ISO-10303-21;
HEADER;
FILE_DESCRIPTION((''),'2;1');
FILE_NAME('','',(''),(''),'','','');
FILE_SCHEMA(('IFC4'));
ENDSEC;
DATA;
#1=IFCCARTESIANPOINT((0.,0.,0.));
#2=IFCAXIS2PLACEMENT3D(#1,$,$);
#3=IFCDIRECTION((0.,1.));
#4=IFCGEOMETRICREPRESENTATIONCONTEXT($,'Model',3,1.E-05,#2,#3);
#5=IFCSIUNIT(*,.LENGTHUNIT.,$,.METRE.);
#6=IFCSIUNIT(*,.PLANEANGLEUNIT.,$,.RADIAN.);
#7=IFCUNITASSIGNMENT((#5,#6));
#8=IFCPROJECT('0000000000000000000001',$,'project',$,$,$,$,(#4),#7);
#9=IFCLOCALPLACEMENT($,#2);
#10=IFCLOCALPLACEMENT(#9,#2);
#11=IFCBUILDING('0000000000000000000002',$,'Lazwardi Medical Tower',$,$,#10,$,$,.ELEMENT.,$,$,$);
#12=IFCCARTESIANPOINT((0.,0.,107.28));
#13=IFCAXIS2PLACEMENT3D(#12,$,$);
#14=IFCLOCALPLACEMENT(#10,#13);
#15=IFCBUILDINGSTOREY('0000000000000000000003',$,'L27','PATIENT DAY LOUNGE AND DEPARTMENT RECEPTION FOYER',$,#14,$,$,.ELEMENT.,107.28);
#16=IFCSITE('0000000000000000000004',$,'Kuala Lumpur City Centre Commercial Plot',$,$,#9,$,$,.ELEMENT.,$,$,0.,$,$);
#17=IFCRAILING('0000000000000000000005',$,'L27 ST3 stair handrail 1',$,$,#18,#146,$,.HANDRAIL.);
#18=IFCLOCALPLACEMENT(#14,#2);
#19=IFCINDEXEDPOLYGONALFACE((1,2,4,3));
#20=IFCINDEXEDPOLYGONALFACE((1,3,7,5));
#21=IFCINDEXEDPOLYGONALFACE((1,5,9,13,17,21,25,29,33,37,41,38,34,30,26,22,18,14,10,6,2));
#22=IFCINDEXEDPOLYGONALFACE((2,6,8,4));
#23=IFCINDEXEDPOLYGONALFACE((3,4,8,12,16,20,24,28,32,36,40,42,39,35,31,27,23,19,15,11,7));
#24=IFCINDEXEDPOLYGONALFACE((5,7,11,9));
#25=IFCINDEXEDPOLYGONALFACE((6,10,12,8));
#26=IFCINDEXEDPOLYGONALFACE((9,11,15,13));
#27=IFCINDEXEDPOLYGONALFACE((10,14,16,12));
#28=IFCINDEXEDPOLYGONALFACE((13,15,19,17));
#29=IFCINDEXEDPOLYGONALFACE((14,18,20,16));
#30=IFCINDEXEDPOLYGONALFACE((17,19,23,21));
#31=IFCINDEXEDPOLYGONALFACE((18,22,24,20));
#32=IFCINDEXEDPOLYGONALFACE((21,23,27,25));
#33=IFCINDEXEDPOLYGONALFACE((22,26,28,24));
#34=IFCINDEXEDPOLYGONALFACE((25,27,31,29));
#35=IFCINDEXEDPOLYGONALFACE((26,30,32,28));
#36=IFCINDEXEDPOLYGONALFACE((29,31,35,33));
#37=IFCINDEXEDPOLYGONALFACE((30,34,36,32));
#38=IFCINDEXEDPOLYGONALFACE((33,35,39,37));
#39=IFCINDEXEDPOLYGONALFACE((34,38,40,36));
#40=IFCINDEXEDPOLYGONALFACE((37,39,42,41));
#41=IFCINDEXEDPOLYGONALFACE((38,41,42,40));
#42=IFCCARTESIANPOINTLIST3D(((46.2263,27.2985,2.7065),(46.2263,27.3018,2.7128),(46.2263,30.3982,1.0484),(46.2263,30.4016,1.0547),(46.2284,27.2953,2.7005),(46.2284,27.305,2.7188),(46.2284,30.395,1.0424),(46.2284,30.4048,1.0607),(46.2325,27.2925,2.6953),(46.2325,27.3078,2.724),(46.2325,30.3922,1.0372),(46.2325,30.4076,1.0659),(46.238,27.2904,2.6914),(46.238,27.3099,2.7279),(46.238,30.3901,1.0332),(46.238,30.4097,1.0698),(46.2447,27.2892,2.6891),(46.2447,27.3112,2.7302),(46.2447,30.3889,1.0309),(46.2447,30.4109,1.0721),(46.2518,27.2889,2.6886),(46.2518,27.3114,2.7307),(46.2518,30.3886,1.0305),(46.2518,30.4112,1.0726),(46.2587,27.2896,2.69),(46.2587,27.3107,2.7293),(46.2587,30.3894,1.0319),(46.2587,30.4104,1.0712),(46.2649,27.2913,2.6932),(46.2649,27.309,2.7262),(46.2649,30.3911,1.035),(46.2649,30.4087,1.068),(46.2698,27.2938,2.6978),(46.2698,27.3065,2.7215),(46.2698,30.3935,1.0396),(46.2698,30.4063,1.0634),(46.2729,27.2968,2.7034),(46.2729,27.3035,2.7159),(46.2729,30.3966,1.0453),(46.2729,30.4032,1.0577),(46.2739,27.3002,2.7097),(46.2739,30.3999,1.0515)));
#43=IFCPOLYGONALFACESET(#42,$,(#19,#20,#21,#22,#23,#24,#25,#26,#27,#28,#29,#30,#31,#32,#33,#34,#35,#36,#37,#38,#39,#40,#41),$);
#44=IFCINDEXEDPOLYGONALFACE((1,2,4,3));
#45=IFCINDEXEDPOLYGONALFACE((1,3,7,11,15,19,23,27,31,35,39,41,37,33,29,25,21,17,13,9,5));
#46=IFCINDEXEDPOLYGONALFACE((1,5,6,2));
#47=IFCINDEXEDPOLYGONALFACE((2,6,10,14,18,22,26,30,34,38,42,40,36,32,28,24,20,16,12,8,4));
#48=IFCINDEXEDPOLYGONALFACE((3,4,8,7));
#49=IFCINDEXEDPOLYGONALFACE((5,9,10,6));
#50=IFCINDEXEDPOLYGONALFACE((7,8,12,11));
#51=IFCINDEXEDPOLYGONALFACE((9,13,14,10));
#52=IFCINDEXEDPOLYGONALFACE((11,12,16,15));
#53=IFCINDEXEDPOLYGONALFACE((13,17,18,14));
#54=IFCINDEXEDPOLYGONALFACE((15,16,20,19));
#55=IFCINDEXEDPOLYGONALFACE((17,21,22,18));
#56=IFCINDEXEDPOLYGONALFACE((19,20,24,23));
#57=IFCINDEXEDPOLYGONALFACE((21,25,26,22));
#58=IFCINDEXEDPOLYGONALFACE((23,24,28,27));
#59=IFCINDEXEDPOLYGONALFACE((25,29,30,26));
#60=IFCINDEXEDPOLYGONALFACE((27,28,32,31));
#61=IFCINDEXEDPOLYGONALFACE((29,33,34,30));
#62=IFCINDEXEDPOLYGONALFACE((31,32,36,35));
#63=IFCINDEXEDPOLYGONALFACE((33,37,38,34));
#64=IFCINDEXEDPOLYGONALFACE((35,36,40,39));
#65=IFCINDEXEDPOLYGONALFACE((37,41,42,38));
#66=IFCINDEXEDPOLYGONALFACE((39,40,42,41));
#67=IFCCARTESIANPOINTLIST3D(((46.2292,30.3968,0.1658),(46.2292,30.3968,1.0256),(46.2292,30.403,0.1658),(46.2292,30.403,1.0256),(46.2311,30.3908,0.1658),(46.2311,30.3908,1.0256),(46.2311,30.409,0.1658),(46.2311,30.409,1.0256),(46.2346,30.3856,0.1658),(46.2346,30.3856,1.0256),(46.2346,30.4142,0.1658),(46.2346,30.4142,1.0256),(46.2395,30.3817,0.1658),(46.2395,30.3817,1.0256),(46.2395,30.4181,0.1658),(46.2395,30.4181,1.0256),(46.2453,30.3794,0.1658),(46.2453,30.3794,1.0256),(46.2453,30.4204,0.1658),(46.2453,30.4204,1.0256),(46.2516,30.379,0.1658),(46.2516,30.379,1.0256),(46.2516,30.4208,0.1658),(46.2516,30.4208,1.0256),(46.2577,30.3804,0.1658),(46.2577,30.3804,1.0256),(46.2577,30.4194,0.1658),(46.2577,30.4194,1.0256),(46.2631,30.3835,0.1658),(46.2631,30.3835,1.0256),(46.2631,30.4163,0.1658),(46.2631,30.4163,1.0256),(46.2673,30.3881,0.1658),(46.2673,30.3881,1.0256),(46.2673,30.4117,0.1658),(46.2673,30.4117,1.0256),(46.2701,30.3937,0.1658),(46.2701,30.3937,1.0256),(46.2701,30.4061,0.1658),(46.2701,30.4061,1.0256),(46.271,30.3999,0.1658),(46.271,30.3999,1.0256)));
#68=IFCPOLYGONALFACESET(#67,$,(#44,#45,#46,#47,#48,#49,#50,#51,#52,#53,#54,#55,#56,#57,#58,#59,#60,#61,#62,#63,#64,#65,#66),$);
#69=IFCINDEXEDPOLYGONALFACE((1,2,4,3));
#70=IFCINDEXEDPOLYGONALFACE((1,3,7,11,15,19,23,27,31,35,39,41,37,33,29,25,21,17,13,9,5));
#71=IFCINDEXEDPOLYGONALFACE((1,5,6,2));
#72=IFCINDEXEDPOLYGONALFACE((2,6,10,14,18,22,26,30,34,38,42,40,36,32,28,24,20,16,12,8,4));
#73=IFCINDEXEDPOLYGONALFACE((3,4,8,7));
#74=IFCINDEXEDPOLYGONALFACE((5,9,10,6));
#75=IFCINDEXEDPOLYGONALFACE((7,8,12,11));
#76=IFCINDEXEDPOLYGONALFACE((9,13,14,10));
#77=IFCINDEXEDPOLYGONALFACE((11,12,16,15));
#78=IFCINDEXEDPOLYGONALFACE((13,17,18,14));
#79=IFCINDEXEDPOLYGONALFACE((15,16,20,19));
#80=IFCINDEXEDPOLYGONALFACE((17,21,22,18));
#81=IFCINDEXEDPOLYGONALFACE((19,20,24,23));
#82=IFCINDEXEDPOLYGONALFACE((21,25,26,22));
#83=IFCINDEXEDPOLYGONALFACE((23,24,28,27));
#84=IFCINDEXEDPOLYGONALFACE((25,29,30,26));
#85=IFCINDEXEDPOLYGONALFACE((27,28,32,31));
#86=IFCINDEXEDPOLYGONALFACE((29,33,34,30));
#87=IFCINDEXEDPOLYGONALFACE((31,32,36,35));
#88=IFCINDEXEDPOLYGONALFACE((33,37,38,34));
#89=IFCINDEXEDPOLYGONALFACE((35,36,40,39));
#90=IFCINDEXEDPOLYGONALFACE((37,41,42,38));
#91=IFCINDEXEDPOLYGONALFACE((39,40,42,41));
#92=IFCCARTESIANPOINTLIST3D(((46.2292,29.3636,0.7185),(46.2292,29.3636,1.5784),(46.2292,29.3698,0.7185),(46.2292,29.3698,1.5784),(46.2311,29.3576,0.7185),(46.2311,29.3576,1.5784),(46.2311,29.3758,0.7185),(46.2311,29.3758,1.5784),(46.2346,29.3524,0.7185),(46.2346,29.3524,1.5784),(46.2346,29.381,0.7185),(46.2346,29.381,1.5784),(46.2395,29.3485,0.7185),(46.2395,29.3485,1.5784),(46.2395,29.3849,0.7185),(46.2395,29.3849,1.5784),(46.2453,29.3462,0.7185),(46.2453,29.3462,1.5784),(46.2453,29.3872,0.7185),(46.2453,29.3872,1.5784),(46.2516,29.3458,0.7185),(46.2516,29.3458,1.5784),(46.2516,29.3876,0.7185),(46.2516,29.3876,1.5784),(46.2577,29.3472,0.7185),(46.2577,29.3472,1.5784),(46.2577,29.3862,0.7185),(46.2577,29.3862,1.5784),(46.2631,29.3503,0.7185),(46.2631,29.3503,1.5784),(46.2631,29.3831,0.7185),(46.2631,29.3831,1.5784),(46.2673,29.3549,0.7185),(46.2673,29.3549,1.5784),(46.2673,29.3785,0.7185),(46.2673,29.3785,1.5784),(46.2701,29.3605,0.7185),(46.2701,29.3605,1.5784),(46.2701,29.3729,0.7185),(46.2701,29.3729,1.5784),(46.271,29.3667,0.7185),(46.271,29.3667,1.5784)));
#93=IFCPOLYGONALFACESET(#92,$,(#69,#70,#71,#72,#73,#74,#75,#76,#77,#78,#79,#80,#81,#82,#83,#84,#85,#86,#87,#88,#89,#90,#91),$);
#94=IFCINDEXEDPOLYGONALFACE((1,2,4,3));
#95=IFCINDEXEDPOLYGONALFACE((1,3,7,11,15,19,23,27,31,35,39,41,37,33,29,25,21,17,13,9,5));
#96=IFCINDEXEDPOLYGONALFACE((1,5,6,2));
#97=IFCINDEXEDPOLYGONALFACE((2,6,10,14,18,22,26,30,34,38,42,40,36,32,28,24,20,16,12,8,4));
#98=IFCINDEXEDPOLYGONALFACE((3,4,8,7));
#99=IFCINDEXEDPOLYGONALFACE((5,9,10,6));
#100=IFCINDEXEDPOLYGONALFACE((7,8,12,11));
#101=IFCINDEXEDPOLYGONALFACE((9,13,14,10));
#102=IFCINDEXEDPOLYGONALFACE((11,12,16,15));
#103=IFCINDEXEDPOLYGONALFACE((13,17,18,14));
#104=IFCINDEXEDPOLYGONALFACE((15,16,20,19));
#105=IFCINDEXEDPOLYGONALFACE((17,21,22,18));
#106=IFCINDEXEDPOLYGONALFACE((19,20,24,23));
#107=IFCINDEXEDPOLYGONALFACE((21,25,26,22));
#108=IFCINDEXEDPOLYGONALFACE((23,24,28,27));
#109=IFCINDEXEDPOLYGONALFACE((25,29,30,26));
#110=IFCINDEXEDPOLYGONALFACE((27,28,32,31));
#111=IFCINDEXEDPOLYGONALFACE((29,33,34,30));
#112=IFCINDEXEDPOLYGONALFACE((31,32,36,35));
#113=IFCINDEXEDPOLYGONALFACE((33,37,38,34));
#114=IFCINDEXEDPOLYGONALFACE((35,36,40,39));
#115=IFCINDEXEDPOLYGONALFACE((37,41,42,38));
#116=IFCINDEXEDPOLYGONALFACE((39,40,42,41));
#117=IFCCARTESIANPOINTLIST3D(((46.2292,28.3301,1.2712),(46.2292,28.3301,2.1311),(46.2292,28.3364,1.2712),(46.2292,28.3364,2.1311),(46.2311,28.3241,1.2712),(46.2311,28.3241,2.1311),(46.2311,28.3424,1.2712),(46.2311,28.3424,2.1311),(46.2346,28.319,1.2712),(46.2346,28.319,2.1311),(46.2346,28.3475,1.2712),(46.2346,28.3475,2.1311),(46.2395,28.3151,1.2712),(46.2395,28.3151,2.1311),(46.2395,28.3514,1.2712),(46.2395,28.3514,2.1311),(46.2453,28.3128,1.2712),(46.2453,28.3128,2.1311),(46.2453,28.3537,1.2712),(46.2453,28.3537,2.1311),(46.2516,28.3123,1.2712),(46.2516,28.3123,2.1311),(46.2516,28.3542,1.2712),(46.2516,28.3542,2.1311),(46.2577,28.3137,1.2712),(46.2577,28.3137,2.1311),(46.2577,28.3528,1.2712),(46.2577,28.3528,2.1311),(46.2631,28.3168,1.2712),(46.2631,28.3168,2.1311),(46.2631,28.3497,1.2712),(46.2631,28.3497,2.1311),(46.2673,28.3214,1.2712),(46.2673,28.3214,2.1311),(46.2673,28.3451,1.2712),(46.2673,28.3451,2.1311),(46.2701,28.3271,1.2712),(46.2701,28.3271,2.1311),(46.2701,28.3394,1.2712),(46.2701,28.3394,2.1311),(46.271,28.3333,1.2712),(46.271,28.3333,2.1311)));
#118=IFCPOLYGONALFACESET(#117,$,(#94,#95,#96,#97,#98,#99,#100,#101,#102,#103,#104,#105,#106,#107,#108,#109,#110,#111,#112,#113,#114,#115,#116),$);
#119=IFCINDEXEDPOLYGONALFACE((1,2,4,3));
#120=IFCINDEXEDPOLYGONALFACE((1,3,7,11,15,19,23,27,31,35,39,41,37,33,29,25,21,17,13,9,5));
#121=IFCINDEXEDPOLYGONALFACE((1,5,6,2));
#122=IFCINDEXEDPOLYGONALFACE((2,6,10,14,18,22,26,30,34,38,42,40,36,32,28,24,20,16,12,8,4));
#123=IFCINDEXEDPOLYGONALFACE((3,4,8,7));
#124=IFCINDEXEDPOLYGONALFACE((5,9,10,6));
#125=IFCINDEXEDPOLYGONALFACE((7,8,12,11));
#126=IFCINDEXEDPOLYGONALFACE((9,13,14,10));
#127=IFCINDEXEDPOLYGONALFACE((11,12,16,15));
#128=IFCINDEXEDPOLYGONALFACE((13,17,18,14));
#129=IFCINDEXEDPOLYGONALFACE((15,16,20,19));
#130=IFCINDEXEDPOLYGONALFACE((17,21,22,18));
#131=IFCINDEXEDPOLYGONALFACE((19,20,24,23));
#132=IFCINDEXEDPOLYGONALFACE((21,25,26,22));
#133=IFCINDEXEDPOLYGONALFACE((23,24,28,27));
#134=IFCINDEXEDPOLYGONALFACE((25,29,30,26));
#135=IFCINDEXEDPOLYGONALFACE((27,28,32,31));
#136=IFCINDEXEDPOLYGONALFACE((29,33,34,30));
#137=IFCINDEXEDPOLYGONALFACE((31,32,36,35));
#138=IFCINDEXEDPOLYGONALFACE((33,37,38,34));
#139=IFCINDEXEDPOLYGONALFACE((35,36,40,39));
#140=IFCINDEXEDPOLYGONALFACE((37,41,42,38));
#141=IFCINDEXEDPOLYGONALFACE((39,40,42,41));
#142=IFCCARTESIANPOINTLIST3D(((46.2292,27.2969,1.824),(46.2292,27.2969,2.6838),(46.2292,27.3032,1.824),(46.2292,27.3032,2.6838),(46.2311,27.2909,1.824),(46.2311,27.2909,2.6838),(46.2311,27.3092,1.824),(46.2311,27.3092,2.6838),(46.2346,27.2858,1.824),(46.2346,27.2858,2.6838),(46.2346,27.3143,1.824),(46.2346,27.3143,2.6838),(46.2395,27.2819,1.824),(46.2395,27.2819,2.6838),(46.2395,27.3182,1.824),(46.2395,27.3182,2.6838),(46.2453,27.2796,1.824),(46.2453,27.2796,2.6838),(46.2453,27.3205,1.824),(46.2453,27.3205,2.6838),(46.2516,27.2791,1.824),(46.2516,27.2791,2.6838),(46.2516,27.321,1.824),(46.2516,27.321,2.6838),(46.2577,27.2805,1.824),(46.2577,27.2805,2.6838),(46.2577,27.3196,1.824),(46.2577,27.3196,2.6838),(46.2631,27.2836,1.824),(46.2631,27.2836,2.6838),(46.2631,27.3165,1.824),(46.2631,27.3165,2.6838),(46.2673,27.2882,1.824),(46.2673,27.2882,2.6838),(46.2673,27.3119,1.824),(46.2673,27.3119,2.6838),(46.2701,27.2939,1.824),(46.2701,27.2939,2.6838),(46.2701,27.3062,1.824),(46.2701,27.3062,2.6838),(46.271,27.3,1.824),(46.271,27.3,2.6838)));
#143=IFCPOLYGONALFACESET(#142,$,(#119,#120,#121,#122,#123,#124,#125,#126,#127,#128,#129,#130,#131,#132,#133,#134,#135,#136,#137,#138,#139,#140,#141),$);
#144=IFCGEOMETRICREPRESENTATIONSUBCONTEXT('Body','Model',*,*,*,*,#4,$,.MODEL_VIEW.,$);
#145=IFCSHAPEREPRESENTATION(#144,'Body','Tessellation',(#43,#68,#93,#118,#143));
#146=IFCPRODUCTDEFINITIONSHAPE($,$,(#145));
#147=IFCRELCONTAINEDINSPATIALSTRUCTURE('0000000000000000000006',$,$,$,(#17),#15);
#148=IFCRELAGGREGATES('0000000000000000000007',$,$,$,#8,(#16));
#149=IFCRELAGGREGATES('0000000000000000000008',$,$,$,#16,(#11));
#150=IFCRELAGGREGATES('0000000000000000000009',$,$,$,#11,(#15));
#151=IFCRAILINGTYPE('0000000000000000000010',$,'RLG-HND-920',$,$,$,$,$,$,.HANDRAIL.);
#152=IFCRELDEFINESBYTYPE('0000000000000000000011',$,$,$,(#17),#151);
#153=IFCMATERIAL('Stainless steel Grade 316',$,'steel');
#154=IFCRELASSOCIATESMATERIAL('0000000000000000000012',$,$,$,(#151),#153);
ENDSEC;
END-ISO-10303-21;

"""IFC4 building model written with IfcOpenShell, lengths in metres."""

from ifc_helpers import new_model, si_unit, direction, frame, origin, origin_2d, place, context, subcontext, project, spatial, circle, extrude, material, type_object, element, save


model = new_model("IFC4")

# Units and contexts
model_context = context("Model", 3, precision=1e-05, world=origin(), true_north=direction((0.0, 1.0)))
body_context = subcontext(model_context, "Body", "Model", "MODEL_VIEW")
ifc_project = project(units=[si_unit("LENGTHUNIT", "METRE"), si_unit("PLANEANGLEUNIT", "RADIAN")], contexts=[model_context])

# Site, building, storey
site_placement = place(None, origin())
site = spatial("IfcSite", under=ifc_project, at=site_placement, Name="Kuala Lumpur City Centre Commercial Plot", CompositionType="ELEMENT", RefElevation=0.0)
building_placement = place(site_placement, origin())
building = spatial("IfcBuilding", under=site, at=building_placement, Name="Lazwardi Medical Tower", CompositionType="ELEMENT")
storey_placement = place(building_placement, frame((0.0, 0.0, 107.28)))
storey = spatial("IfcBuildingStorey", under=building, at=storey_placement, Name="L27", Description="PATIENT DAY LOUNGE AND DEPARTMENT RECEPTION FOYER", CompositionType="ELEMENT", Elevation=107.28)

# Railing
ifc_material_1 = material(Name="Stainless steel Grade 316", Category="steel")
railing_type_1 = type_object("IfcRailingType", Name="RLG-HND-920", PredefinedType="HANDRAIL", material=ifc_material_1)
railing_1_placement = place(storey_placement, frame((46.25, 30.3999, 0.1658)))
element("IfcRailing", 1, at=railing_1_placement, inside=storey, type_object=railing_type_1, Name="L27 ST3 stair handrail 1", PredefinedType="HANDRAIL", context=body_context, shape_type="SweptSolid", body=[
    extrude(circle(Radius=0.0239, at=origin_2d()), frame((0.0, 0.0, 0.8857), z_axis=(0.0, -0.881768, 0.471684), x_axis=(1.0, 0.0, 0.0)), (0.0, 0.0, 1.0), 3.5154),
    extrude(circle(Radius=0.021, at=origin_2d()), origin(), (0.0, 0.0, 1.0), 0.8599),
    extrude(circle(Radius=0.021, at=origin_2d()), frame((0.0, -1.0332, 0.5527)), (0.0, 0.0, 1.0), 0.8599),
    extrude(circle(Radius=0.021, at=origin_2d()), frame((0.0, -2.0667, 1.1055)), (0.0, 0.0, 1.0), 0.8599),
    extrude(circle(Radius=0.021, at=origin_2d()), frame((0.0, -3.0999, 1.6582)), (0.0, 0.0, 1.0), 0.8599),
])

save(model, "model.ifc")
